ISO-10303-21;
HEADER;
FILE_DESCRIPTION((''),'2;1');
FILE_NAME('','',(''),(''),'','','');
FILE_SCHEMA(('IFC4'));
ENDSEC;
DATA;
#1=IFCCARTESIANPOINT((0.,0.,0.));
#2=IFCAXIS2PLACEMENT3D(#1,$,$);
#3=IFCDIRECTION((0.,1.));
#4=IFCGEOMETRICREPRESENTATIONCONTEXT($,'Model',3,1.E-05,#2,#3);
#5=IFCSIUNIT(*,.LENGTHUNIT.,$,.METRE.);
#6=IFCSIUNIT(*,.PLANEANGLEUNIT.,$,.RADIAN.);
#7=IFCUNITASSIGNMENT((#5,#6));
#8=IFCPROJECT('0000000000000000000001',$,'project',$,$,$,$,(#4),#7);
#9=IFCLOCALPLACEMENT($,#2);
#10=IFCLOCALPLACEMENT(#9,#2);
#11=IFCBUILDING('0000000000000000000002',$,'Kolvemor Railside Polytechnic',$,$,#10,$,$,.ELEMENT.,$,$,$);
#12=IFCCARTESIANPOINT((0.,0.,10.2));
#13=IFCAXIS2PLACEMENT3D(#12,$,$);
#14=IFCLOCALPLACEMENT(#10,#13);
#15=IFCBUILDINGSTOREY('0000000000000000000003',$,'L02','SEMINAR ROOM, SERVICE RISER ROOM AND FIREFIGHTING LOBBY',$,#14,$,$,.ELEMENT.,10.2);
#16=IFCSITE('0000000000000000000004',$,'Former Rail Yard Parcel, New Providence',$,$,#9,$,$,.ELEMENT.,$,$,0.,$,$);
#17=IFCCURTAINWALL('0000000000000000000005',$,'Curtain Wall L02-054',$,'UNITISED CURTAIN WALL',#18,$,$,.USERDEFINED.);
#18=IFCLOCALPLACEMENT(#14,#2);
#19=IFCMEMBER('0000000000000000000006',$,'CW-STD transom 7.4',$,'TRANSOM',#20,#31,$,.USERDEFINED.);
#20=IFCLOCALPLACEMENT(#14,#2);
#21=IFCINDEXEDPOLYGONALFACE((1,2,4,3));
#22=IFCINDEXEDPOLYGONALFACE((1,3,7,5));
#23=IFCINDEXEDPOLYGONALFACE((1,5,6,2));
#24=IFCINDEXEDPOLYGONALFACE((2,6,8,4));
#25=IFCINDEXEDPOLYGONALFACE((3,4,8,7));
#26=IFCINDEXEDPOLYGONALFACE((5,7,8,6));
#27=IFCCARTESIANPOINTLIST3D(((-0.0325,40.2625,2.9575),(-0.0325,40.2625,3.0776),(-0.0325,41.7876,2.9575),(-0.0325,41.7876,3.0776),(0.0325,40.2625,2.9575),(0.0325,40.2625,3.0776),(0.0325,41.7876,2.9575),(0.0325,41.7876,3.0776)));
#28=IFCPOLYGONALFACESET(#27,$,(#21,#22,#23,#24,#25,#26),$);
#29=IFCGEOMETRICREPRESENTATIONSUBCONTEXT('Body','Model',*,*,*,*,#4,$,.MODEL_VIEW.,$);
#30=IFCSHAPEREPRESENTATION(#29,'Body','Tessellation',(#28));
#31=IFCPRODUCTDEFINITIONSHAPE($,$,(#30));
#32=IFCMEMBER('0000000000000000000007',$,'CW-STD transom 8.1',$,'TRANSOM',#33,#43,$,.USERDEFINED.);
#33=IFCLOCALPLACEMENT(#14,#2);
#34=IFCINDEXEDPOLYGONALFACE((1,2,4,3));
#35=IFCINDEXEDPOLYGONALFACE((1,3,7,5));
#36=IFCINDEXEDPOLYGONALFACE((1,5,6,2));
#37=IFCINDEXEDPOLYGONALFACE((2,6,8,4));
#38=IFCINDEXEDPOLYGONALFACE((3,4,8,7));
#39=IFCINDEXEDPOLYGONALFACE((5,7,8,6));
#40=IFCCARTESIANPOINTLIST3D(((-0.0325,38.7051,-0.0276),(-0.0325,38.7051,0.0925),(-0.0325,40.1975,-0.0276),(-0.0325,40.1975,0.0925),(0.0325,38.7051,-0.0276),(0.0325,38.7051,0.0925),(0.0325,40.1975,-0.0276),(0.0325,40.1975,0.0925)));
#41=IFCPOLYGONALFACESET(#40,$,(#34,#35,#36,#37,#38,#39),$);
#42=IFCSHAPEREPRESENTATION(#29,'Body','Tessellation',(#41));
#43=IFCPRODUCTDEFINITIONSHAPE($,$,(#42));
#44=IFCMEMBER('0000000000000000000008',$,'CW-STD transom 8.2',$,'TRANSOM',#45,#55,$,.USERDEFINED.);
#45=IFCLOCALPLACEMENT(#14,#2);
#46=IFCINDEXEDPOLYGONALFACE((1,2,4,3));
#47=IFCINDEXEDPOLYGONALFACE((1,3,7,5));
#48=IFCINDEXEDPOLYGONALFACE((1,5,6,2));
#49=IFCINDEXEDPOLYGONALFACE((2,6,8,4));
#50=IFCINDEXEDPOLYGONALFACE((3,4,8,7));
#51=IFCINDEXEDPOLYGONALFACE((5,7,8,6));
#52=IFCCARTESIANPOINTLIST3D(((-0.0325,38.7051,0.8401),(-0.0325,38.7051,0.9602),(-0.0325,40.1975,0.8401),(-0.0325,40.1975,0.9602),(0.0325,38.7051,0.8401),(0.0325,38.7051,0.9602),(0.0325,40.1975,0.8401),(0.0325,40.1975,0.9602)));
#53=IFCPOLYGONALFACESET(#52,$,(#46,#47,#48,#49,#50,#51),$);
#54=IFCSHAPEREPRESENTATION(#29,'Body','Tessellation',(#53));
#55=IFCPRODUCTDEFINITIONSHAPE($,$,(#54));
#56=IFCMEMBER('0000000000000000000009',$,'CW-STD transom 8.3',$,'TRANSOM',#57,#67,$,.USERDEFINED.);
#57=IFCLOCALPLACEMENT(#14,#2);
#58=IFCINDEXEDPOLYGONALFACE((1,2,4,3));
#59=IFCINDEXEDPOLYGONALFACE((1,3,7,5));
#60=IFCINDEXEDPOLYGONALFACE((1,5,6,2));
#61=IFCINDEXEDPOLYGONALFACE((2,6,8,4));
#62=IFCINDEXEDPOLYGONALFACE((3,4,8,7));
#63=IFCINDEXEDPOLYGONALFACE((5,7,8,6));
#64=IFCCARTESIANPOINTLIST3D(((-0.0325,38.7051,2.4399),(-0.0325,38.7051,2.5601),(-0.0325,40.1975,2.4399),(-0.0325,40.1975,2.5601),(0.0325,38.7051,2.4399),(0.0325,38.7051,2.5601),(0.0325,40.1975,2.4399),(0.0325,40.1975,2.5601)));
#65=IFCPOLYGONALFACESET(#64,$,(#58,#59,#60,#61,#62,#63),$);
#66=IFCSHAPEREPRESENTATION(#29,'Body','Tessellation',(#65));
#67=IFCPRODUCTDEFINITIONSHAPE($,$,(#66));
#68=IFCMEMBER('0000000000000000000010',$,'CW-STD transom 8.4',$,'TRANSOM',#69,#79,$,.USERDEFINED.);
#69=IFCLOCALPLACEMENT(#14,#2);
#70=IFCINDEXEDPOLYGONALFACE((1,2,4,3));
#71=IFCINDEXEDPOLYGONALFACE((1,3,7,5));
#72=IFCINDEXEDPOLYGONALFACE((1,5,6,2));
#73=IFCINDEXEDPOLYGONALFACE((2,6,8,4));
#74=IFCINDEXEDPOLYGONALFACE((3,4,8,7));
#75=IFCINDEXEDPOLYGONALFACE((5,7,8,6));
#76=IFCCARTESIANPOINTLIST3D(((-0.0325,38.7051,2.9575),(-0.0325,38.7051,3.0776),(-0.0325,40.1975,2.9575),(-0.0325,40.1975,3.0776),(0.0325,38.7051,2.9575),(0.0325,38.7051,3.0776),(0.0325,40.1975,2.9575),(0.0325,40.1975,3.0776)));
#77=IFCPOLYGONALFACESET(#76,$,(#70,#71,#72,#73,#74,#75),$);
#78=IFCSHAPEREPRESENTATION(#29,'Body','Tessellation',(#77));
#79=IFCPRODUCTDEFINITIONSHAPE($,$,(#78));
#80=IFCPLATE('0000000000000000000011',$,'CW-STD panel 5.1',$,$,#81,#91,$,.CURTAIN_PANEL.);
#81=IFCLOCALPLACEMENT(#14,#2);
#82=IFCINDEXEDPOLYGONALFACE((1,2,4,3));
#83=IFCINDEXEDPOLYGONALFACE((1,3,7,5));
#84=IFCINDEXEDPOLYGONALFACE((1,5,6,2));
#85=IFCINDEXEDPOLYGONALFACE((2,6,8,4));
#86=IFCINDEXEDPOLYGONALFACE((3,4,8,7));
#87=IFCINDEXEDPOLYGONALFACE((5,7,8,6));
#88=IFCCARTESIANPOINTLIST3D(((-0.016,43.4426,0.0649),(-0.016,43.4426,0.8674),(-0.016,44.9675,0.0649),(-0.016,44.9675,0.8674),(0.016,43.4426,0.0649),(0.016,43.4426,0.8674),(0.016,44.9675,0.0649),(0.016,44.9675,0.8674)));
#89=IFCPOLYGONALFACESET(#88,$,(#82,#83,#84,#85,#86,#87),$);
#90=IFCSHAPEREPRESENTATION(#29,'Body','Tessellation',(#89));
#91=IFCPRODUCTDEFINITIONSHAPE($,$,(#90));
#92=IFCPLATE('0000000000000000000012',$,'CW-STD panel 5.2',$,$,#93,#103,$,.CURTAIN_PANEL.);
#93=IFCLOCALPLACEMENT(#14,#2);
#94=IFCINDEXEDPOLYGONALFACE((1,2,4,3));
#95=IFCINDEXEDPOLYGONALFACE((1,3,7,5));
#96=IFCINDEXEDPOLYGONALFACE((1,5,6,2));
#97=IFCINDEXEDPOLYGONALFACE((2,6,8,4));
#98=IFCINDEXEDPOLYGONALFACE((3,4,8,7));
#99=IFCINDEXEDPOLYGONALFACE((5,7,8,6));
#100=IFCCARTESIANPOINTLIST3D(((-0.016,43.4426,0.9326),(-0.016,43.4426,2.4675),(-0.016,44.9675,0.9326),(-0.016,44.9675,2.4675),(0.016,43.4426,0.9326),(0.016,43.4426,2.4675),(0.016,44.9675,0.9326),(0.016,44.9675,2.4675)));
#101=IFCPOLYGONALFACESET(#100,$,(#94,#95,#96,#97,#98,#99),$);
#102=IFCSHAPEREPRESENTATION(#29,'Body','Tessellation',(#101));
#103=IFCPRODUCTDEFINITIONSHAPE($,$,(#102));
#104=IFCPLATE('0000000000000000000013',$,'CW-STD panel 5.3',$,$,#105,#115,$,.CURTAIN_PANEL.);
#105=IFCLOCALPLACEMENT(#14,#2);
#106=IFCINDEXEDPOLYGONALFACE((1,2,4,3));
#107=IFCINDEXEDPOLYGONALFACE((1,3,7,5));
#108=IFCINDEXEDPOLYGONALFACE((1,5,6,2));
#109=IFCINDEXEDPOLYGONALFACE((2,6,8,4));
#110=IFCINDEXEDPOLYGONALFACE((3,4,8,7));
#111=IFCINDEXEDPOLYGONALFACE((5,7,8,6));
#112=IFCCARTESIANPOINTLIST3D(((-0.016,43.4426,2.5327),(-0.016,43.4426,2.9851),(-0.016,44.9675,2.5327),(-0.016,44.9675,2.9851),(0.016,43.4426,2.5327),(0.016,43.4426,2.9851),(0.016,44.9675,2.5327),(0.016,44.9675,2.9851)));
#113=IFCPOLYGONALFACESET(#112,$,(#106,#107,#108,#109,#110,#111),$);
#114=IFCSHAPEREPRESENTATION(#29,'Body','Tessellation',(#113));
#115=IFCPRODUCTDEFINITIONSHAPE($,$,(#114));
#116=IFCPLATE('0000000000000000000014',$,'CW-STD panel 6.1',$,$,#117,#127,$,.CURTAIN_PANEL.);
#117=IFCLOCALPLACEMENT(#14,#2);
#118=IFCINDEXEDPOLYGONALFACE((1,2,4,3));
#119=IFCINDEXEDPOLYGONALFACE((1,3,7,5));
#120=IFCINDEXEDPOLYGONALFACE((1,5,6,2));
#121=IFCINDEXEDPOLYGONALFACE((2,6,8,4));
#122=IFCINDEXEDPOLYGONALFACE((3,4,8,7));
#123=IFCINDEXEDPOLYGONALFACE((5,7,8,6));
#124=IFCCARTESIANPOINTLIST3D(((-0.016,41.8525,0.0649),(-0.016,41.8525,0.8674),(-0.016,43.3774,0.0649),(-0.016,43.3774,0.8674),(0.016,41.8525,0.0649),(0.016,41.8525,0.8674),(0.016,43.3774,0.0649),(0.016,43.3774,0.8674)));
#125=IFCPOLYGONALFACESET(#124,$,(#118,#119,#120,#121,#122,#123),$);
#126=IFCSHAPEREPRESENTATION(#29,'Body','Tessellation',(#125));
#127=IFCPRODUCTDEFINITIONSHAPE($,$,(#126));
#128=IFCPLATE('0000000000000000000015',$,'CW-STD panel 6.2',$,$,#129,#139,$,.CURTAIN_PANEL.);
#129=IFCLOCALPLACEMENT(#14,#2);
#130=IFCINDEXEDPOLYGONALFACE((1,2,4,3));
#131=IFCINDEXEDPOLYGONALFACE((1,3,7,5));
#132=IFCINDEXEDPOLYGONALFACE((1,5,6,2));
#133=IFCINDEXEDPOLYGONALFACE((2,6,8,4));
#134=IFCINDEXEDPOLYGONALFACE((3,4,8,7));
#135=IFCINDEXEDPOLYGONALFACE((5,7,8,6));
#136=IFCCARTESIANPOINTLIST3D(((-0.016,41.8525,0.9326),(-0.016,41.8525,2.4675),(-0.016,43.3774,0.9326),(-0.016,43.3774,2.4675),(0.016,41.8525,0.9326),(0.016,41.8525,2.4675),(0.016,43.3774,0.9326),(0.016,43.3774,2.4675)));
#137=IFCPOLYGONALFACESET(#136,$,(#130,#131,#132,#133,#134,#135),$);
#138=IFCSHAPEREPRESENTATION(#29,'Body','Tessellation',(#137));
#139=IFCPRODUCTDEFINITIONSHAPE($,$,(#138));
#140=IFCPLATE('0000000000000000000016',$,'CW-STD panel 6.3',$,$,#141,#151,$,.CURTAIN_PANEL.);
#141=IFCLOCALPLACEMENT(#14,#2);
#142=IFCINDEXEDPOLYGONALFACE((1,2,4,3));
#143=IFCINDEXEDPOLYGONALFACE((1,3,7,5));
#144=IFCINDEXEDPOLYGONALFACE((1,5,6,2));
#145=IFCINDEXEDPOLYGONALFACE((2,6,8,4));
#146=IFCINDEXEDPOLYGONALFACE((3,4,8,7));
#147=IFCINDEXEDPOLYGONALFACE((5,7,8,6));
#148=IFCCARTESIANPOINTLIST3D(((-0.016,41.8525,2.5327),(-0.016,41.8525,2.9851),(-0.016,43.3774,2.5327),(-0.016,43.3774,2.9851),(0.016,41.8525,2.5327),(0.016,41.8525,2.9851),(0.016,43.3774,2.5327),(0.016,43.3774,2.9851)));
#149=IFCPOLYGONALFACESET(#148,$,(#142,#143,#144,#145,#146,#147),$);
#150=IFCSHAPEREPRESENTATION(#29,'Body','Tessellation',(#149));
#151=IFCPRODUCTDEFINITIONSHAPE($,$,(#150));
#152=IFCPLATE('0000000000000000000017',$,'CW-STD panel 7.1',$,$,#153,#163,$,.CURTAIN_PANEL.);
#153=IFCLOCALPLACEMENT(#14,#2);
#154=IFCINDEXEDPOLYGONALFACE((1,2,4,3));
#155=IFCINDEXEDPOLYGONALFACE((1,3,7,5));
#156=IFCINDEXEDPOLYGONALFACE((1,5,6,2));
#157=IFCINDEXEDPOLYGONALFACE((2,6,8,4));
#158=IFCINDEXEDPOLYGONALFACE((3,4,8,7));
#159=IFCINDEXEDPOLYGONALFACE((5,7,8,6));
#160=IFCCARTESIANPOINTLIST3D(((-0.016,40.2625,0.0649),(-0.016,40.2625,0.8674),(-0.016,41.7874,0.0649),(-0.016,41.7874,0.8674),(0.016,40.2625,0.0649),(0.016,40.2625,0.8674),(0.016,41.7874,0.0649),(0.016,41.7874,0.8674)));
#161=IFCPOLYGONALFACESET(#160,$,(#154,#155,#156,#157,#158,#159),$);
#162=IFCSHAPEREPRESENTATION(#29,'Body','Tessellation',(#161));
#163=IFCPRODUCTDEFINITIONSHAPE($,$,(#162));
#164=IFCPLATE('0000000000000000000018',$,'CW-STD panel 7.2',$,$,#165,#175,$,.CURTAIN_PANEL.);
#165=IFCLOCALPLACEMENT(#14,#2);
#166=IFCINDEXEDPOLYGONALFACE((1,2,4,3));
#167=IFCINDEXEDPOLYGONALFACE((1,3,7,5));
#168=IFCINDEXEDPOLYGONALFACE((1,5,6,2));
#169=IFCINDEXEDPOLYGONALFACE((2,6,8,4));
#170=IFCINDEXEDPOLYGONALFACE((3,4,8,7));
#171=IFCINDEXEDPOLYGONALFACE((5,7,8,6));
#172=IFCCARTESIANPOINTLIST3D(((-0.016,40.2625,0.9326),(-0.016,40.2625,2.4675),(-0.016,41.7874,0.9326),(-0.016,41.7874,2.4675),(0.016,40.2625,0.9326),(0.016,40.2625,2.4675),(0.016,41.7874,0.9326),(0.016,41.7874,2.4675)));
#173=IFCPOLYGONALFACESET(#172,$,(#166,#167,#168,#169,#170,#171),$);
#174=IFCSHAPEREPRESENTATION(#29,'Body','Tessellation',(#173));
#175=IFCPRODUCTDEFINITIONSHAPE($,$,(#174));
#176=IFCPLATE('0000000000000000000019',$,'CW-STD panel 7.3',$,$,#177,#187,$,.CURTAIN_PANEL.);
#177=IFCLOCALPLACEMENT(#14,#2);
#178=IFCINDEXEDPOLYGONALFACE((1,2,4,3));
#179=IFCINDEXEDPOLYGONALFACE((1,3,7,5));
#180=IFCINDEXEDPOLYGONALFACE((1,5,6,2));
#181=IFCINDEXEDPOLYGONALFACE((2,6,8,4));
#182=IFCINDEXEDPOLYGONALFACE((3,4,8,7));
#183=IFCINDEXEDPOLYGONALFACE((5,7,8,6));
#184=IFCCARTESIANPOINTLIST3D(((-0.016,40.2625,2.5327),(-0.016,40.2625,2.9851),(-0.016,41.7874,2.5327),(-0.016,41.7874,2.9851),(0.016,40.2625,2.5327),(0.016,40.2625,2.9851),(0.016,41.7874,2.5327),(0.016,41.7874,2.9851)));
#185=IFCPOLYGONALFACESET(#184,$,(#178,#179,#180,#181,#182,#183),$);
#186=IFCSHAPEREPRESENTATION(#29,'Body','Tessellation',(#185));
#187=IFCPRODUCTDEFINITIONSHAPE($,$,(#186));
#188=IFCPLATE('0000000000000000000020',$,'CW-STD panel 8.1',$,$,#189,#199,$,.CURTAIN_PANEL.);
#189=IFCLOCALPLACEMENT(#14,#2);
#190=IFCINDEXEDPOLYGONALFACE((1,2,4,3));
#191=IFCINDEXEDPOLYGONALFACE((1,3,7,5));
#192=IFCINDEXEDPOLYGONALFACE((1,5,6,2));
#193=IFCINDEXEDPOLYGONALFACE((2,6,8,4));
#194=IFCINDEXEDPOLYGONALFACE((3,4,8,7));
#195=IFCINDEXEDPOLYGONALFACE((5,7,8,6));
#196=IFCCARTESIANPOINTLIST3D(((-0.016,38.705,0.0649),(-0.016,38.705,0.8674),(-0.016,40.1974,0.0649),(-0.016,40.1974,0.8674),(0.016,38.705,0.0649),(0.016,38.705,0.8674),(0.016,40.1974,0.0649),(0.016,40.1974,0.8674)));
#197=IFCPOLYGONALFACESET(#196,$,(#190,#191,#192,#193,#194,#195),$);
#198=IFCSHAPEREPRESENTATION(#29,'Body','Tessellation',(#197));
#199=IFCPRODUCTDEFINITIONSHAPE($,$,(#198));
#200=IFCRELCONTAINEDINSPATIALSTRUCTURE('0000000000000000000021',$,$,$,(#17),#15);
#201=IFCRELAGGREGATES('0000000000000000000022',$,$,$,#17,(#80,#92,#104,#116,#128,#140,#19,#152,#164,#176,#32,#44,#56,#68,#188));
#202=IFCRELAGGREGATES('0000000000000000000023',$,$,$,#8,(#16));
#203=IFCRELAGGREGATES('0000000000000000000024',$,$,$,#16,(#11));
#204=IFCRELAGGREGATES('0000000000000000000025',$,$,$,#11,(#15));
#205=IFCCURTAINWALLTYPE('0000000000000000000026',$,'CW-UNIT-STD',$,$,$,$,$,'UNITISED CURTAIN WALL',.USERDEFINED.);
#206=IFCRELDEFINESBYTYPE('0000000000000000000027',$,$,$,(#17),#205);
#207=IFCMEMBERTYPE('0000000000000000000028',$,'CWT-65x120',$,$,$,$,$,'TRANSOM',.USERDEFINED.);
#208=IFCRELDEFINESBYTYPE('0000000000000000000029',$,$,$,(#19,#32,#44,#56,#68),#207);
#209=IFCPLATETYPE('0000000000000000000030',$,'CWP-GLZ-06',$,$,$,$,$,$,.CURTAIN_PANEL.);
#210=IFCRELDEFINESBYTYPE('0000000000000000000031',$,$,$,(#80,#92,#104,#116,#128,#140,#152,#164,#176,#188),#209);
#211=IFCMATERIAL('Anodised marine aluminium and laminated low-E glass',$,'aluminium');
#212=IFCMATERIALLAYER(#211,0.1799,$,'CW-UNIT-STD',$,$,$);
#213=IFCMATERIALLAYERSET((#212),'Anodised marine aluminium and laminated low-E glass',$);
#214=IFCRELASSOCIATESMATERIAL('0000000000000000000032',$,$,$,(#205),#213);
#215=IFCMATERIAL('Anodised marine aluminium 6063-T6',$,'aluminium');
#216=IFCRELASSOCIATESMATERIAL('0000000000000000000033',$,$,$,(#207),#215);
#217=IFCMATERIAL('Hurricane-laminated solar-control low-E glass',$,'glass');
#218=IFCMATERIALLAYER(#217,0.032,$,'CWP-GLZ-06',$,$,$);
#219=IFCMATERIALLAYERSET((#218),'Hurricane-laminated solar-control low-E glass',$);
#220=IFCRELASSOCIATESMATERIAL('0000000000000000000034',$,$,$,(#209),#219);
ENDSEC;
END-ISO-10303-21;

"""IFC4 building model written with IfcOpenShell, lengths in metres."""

from ifc_helpers import new_model, si_unit, direction, frame, origin, origin_2d, place, context, subcontext, project, spatial, rectangle, extrude, material, layer, layer_set, material_profile, profile_set, type_object, element, aggregate, save


model = new_model("IFC4")

# Units and contexts
model_context = context("Model", 3, precision=1e-05, world=origin(), true_north=direction((0.0, 1.0)))
body_context = subcontext(model_context, "Body", "Model", "MODEL_VIEW")
ifc_project = project(units=[si_unit("LENGTHUNIT", "METRE"), si_unit("PLANEANGLEUNIT", "RADIAN")], contexts=[model_context])

# Site, building, storey
site_placement = place(None, origin())
site = spatial("IfcSite", under=ifc_project, at=site_placement, Name="Former Rail Yard Parcel, New Providence", CompositionType="ELEMENT", RefElevation=0.0)
building_placement = place(site_placement, origin())
building = spatial("IfcBuilding", under=site, at=building_placement, Name="Kolvemor Railside Polytechnic", CompositionType="ELEMENT")
storey_placement = place(building_placement, frame((0.0, 0.0, 10.2)))
storey = spatial("IfcBuildingStorey", under=building, at=storey_placement, Name="L02", Description="SEMINAR ROOM, SERVICE RISER ROOM AND FIREFIGHTING LOBBY", CompositionType="ELEMENT", Elevation=10.2)

# Curtain wall, members, plates
ifc_material_1 = material(Name="Anodised marine aluminium and laminated low-E glass", Category="aluminium")
ifc_layer_1 = layer(ifc_material_1, 0.1799, Name="CW-UNIT-STD")
ifc_layer_set_1 = layer_set([ifc_layer_1], Name="Anodised marine aluminium and laminated low-E glass")
curtain_wall_type = type_object("IfcCurtainWallType", Name="CW-UNIT-STD", ElementType="UNITISED CURTAIN WALL", PredefinedType="USERDEFINED", material=ifc_layer_set_1)
curtain_wall_placement = place(storey_placement, origin())
curtain_wall = element("IfcCurtainWall", 1, at=curtain_wall_placement, inside=storey, type_object=curtain_wall_type, Name="Curtain Wall L02-054", ObjectType="UNITISED CURTAIN WALL", PredefinedType="USERDEFINED")
ifc_material_2 = material(Name="Anodised marine aluminium 6063-T6", Category="aluminium")
ifc_material_profile_1 = material_profile(ifc_material_2, rectangle(XDim=0.0649, YDim=0.1201, at=origin_2d()), Name="CW-TRN-65x120")
ifc_profile_set_1 = profile_set([ifc_material_profile_1], Name="Anodised marine aluminium 6063-T6")
member_type_1 = type_object("IfcMemberType", Name="CWT-65x120", ElementType="TRANSOM", PredefinedType="USERDEFINED", material=ifc_profile_set_1)
member_1_placement = place(storey_placement, frame((0.0, 41.7876, 3.0176), z_axis=(0.0, -1.0, 0.0), x_axis=(1.0, 0.0, 0.0)))
member_1 = element("IfcMember", 2, at=member_1_placement, type_object=member_type_1, Name="CW-STD transom 7.4", ObjectType="TRANSOM", PredefinedType="USERDEFINED", context=body_context, shape_type="SweptSolid", body=[
    extrude(rectangle(XDim=0.0649, YDim=0.1201, at=origin_2d()), origin(), (0.0, 0.0, 1.0), 1.5251),
])
member_2_placement = place(storey_placement, frame((0.0, 40.1975, 0.0325), z_axis=(0.0, -1.0, 0.0), x_axis=(1.0, 0.0, 0.0)))
member_2 = element("IfcMember", 3, at=member_2_placement, type_object=member_type_1, Name="CW-STD transom 8.1", ObjectType="TRANSOM", PredefinedType="USERDEFINED", context=body_context, shape_type="SweptSolid", body=[
    extrude(rectangle(XDim=0.0649, YDim=0.1201, at=origin_2d()), origin(), (0.0, 0.0, 1.0), 1.4924),
])
member_3_placement = place(storey_placement, frame((0.0, 40.1975, 0.9001), z_axis=(0.0, -1.0, 0.0), x_axis=(1.0, 0.0, 0.0)))
member_3 = element("IfcMember", 4, at=member_3_placement, type_object=member_type_1, Name="CW-STD transom 8.2", ObjectType="TRANSOM", PredefinedType="USERDEFINED", context=body_context, shape_type="SweptSolid", body=[
    extrude(rectangle(XDim=0.0649, YDim=0.1201, at=origin_2d()), origin(), (0.0, 0.0, 1.0), 1.4924),
])
member_4_placement = place(storey_placement, frame((0.0, 40.1975, 2.5), z_axis=(0.0, -1.0, 0.0), x_axis=(1.0, 0.0, 0.0)))
member_4 = element("IfcMember", 5, at=member_4_placement, type_object=member_type_1, Name="CW-STD transom 8.3", ObjectType="TRANSOM", PredefinedType="USERDEFINED", context=body_context, shape_type="SweptSolid", body=[
    extrude(rectangle(XDim=0.0649, YDim=0.1201, at=origin_2d()), origin(), (0.0, 0.0, 1.0), 1.4924),
])
member_5_placement = place(storey_placement, frame((0.0, 40.1975, 3.0176), z_axis=(0.0, -1.0, 0.0), x_axis=(1.0, 0.0, 0.0)))
member_5 = element("IfcMember", 6, at=member_5_placement, type_object=member_type_1, Name="CW-STD transom 8.4", ObjectType="TRANSOM", PredefinedType="USERDEFINED", context=body_context, shape_type="SweptSolid", body=[
    extrude(rectangle(XDim=0.0649, YDim=0.1201, at=origin_2d()), origin(), (0.0, 0.0, 1.0), 1.4924),
])
ifc_material_3 = material(Name="Hurricane-laminated solar-control low-E glass", Category="glass")
ifc_layer_2 = layer(ifc_material_3, 0.032, Name="CWP-GLZ-06")
ifc_layer_set_2 = layer_set([ifc_layer_2], Name="Hurricane-laminated solar-control low-E glass")
plate_type = type_object("IfcPlateType", Name="CWP-GLZ-06", PredefinedType="CURTAIN_PANEL", material=ifc_layer_set_2)
plate_1_placement = place(storey_placement, frame((0.0, 44.2051, 0.0649), z_axis=(0.0, 0.0, 1.0), x_axis=(0.0, -1.0, 0.0)))
plate_1 = element("IfcPlate", 7, at=plate_1_placement, type_object=plate_type, Name="CW-STD panel 5.1", PredefinedType="CURTAIN_PANEL", context=body_context, shape_type="SweptSolid", body=[
    extrude(rectangle(XDim=1.5249, YDim=0.032, at=origin_2d()), origin(), (0.0, 0.0, 1.0), 0.8025),
])
plate_2_placement = place(storey_placement, frame((0.0, 44.2051, 0.9326), z_axis=(0.0, 0.0, 1.0), x_axis=(0.0, -1.0, 0.0)))
plate_2 = element("IfcPlate", 8, at=plate_2_placement, type_object=plate_type, Name="CW-STD panel 5.2", PredefinedType="CURTAIN_PANEL", context=body_context, shape_type="SweptSolid", body=[
    extrude(rectangle(XDim=1.5249, YDim=0.032, at=origin_2d()), origin(), (0.0, 0.0, 1.0), 1.5349),
])
plate_3_placement = place(storey_placement, frame((0.0, 44.2051, 2.5327), z_axis=(0.0, 0.0, 1.0), x_axis=(0.0, -1.0, 0.0)))
plate_3 = element("IfcPlate", 9, at=plate_3_placement, type_object=plate_type, Name="CW-STD panel 5.3", PredefinedType="CURTAIN_PANEL", context=body_context, shape_type="SweptSolid", body=[
    extrude(rectangle(XDim=1.5249, YDim=0.032, at=origin_2d()), origin(), (0.0, 0.0, 1.0), 0.4524),
])
plate_4_placement = place(storey_placement, frame((0.0, 42.615, 0.0649), z_axis=(0.0, 0.0, 1.0), x_axis=(0.0, -1.0, 0.0)))
plate_4 = element("IfcPlate", 10, at=plate_4_placement, type_object=plate_type, Name="CW-STD panel 6.1", PredefinedType="CURTAIN_PANEL", context=body_context, shape_type="SweptSolid", body=[
    extrude(rectangle(XDim=1.5249, YDim=0.032, at=origin_2d()), origin(), (0.0, 0.0, 1.0), 0.8025),
])
plate_5_placement = place(storey_placement, frame((0.0, 42.615, 0.9326), z_axis=(0.0, 0.0, 1.0), x_axis=(0.0, -1.0, 0.0)))
plate_5 = element("IfcPlate", 11, at=plate_5_placement, type_object=plate_type, Name="CW-STD panel 6.2", PredefinedType="CURTAIN_PANEL", context=body_context, shape_type="SweptSolid", body=[
    extrude(rectangle(XDim=1.5249, YDim=0.032, at=origin_2d()), origin(), (0.0, 0.0, 1.0), 1.5349),
])
plate_6_placement = place(storey_placement, frame((0.0, 42.615, 2.5327), z_axis=(0.0, 0.0, 1.0), x_axis=(0.0, -1.0, 0.0)))
plate_6 = element("IfcPlate", 12, at=plate_6_placement, type_object=plate_type, Name="CW-STD panel 6.3", PredefinedType="CURTAIN_PANEL", context=body_context, shape_type="SweptSolid", body=[
    extrude(rectangle(XDim=1.5249, YDim=0.032, at=origin_2d()), origin(), (0.0, 0.0, 1.0), 0.4524),
])
plate_7_placement = place(storey_placement, frame((0.0, 41.0249, 0.0649), z_axis=(0.0, 0.0, 1.0), x_axis=(0.0, -1.0, 0.0)))
plate_7 = element("IfcPlate", 13, at=plate_7_placement, type_object=plate_type, Name="CW-STD panel 7.1", PredefinedType="CURTAIN_PANEL", context=body_context, shape_type="SweptSolid", body=[
    extrude(rectangle(XDim=1.5249, YDim=0.032, at=origin_2d()), origin(), (0.0, 0.0, 1.0), 0.8025),
])
plate_8_placement = place(storey_placement, frame((0.0, 41.0249, 0.9326), z_axis=(0.0, 0.0, 1.0), x_axis=(0.0, -1.0, 0.0)))
plate_8 = element("IfcPlate", 14, at=plate_8_placement, type_object=plate_type, Name="CW-STD panel 7.2", PredefinedType="CURTAIN_PANEL", context=body_context, shape_type="SweptSolid", body=[
    extrude(rectangle(XDim=1.5249, YDim=0.032, at=origin_2d()), origin(), (0.0, 0.0, 1.0), 1.5349),
])
plate_9_placement = place(storey_placement, frame((0.0, 41.0249, 2.5327), z_axis=(0.0, 0.0, 1.0), x_axis=(0.0, -1.0, 0.0)))
plate_9 = element("IfcPlate", 15, at=plate_9_placement, type_object=plate_type, Name="CW-STD panel 7.3", PredefinedType="CURTAIN_PANEL", context=body_context, shape_type="SweptSolid", body=[
    extrude(rectangle(XDim=1.5249, YDim=0.032, at=origin_2d()), origin(), (0.0, 0.0, 1.0), 0.4524),
])
plate_10_placement = place(storey_placement, frame((0.0, 39.4512, 0.0649), z_axis=(0.0, 0.0, 1.0), x_axis=(0.0, -1.0, 0.0)))
plate_10 = element("IfcPlate", 16, at=plate_10_placement, type_object=plate_type, Name="CW-STD panel 8.1", PredefinedType="CURTAIN_PANEL", context=body_context, shape_type="SweptSolid", body=[
    extrude(rectangle(XDim=1.4924, YDim=0.032, at=origin_2d()), origin(), (0.0, 0.0, 1.0), 0.8025),
])
aggregate(curtain_wall, [plate_1, plate_2, plate_3, plate_4, plate_5, plate_6, member_1, plate_7, plate_8, plate_9, member_2, member_3, member_4, member_5, plate_10])

save(model, "model.ifc")
